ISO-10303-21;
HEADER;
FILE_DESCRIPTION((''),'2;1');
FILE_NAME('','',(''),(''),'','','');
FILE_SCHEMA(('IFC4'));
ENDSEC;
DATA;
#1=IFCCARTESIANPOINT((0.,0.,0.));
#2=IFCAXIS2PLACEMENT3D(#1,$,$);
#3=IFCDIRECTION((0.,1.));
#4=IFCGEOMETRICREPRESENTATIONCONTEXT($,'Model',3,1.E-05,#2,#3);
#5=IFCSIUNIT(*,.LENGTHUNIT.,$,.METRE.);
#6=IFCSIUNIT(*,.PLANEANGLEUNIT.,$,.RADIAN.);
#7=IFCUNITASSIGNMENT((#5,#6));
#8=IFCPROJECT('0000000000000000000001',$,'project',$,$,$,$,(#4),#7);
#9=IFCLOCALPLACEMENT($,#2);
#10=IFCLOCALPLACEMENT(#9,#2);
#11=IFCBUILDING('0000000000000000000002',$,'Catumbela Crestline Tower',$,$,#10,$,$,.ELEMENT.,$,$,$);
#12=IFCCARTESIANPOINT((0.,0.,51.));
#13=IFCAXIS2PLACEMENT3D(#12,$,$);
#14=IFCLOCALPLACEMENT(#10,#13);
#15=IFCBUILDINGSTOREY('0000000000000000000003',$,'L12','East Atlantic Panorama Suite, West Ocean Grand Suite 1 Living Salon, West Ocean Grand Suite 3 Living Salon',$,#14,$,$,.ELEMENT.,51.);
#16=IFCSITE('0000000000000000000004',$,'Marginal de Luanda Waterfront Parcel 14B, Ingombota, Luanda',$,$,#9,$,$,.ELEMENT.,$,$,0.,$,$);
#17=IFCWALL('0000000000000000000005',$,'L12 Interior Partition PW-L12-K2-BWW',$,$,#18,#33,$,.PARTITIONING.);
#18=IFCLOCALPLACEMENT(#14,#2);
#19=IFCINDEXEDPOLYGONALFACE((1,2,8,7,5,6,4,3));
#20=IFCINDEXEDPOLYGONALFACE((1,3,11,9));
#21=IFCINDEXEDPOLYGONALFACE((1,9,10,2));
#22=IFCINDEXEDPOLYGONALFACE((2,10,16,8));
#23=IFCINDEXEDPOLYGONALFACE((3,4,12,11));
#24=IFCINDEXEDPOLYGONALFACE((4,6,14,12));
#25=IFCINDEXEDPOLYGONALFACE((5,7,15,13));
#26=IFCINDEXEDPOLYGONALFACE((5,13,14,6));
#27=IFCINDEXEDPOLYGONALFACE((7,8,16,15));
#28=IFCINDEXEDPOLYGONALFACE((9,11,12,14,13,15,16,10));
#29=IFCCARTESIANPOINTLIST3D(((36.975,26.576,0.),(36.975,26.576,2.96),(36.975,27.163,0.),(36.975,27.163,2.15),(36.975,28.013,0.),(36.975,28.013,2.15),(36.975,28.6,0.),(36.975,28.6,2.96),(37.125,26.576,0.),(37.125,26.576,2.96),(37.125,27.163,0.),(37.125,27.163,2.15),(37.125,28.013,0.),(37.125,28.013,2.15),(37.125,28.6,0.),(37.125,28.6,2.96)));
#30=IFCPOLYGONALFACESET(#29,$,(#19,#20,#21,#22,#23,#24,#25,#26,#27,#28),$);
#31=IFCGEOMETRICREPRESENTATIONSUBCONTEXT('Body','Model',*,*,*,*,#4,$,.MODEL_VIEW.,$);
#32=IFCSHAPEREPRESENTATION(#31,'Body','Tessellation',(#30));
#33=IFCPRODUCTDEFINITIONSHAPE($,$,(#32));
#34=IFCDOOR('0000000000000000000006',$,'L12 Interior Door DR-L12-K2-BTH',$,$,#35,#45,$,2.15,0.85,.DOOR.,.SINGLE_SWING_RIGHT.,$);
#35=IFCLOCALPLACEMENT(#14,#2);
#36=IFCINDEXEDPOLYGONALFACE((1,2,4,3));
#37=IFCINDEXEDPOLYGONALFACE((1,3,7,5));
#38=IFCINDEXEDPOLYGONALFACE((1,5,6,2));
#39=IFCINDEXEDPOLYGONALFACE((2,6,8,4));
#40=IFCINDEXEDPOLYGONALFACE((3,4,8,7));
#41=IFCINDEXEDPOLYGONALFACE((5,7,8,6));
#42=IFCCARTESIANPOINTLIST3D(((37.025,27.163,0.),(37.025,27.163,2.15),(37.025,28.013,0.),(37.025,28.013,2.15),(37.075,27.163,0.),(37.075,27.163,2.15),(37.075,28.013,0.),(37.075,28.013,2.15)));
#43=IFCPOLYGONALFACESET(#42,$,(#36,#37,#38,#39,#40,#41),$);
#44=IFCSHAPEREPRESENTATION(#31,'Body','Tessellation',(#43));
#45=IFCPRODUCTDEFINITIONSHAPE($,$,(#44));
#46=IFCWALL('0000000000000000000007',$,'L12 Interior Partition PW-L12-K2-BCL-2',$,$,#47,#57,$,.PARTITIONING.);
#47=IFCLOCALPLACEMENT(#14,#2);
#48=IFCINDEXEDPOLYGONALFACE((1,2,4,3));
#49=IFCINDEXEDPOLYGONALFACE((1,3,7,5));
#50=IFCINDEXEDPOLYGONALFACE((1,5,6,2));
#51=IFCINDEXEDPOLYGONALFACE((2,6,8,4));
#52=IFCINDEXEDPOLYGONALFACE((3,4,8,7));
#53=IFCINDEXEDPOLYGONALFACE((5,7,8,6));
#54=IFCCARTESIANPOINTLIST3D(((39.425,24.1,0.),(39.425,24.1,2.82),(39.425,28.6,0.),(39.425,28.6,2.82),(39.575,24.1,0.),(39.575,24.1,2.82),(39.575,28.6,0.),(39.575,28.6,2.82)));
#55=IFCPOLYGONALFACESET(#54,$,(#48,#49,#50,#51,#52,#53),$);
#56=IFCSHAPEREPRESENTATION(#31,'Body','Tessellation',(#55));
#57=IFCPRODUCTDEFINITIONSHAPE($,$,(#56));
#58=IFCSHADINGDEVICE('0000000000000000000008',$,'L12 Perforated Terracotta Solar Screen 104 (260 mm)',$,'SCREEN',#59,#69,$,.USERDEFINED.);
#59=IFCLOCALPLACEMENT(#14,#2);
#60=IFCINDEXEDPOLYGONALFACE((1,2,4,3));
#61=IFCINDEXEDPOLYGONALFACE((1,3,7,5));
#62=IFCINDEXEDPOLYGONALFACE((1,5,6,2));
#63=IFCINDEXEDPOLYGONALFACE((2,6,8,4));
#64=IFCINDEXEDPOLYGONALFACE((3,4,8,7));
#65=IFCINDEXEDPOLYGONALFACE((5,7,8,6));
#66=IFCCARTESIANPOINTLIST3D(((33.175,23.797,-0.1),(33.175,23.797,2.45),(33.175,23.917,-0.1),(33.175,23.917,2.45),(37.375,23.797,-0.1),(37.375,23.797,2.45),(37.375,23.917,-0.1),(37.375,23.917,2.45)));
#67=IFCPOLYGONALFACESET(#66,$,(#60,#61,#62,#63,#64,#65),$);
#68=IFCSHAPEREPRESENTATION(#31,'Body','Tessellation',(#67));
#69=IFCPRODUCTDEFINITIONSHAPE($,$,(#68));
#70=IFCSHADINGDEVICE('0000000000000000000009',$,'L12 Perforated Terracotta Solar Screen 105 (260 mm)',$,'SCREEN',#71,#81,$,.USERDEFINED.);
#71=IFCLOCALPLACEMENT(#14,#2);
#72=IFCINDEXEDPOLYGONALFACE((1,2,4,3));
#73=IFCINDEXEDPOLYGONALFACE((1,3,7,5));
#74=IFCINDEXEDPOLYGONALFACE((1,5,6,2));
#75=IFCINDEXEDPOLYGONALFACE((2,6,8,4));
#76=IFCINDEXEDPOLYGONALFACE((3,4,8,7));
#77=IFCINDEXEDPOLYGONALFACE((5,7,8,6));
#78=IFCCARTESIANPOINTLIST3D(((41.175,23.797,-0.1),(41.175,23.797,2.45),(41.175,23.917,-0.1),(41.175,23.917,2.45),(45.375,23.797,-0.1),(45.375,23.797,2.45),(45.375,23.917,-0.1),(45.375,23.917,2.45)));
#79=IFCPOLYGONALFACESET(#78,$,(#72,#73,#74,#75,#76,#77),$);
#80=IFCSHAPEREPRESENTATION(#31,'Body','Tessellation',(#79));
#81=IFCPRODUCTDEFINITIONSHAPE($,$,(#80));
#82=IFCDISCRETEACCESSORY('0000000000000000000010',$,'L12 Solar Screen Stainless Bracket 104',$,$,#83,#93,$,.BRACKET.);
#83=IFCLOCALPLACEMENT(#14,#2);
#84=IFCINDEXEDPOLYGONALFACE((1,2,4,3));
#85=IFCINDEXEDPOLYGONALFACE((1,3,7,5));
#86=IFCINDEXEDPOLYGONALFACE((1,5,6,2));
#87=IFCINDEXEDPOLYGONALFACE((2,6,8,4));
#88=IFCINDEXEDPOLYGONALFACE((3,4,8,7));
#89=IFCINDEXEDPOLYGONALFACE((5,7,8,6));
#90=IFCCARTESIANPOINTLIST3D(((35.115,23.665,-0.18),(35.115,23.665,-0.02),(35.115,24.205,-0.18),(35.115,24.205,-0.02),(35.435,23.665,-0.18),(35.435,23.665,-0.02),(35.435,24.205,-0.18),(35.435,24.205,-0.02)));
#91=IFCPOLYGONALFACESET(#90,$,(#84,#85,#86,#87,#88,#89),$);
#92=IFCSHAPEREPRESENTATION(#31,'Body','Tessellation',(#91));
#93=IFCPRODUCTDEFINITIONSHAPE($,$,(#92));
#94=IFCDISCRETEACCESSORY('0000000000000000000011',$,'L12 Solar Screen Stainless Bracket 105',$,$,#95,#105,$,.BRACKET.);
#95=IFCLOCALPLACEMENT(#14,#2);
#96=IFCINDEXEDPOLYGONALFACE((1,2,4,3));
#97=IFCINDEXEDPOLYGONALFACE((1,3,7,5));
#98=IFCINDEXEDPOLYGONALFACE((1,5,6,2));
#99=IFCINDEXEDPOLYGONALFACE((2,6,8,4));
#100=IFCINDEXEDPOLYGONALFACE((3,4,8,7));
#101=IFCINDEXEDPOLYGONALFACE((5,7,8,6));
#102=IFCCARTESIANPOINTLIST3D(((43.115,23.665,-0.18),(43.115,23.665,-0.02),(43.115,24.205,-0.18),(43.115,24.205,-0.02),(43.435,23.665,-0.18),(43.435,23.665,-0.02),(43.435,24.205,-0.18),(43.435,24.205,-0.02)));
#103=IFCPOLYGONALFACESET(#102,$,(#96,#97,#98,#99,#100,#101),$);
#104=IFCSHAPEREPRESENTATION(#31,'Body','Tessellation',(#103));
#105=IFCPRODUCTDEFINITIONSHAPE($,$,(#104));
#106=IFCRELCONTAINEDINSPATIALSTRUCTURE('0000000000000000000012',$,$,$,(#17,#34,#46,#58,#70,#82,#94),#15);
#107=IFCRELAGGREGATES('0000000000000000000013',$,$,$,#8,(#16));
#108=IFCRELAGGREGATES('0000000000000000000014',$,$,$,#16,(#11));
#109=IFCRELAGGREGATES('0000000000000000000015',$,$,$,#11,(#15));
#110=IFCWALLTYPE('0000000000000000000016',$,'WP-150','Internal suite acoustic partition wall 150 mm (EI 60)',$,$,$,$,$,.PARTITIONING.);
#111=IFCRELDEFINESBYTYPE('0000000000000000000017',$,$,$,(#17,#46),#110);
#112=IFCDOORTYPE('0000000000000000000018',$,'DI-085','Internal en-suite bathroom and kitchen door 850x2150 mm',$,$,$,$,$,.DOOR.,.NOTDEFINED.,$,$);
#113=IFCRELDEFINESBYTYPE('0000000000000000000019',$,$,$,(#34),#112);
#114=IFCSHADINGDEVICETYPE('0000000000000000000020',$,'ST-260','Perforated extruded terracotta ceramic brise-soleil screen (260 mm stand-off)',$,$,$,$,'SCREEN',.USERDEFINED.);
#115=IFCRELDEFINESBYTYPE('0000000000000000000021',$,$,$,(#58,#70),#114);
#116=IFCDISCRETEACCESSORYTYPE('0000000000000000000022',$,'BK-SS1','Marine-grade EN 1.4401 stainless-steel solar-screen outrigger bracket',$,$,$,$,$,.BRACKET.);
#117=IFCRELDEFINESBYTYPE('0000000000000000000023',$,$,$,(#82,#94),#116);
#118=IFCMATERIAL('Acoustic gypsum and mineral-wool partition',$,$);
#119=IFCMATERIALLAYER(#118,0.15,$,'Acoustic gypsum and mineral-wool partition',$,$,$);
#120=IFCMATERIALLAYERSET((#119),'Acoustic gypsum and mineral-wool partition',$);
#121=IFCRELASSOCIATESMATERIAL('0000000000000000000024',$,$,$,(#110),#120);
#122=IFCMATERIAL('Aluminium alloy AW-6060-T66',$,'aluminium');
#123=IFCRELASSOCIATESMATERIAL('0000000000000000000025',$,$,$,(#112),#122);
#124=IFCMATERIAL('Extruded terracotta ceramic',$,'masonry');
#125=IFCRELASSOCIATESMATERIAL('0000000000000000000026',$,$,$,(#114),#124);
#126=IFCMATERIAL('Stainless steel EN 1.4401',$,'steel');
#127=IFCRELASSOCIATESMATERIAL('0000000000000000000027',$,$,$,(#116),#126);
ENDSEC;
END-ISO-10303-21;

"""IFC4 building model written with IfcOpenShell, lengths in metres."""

from ifc_helpers import new_model, si_unit, direction, frame, frame_2d, origin, origin_2d, place, context, subcontext, project, spatial, rectangle, extrude, material, layer, layer_set, type_object, element, fill, save


model = new_model("IFC4")

# Units and contexts
model_context = context("Model", 3, precision=1e-05, world=origin(), true_north=direction((0.0, 1.0)))
body_context = subcontext(model_context, "Body", "Model", "MODEL_VIEW")
ifc_project = project(units=[si_unit("LENGTHUNIT", "METRE"), si_unit("PLANEANGLEUNIT", "RADIAN")], contexts=[model_context])

# Site, building, storey
site_placement = place(None, origin())
site = spatial("IfcSite", under=ifc_project, at=site_placement, Name="Marginal de Luanda Waterfront Parcel 14B, Ingombota, Luanda", CompositionType="ELEMENT", RefElevation=0.0)
building_placement = place(site_placement, origin())
building = spatial("IfcBuilding", under=site, at=building_placement, Name="Catumbela Crestline Tower", CompositionType="ELEMENT")
storey_placement = place(building_placement, frame((0.0, 0.0, 51.0)))
storey = spatial("IfcBuildingStorey", under=building, at=storey_placement, Name="L12", Description="East Atlantic Panorama Suite, West Ocean Grand Suite 1 Living Salon, West Ocean Grand Suite 3 Living Salon", CompositionType="ELEMENT", Elevation=51.0)

# Shared definitions
ifc_material_1 = material(Name="Aluminium alloy AW-6060-T66", Category="aluminium")

# Shared definitions
ifc_material_2 = material(Name="Acoustic gypsum and mineral-wool partition")
ifc_layer_1 = layer(ifc_material_2, 0.15, Name="Acoustic gypsum and mineral-wool partition")
ifc_layer_set_1 = layer_set([ifc_layer_1], Name="Acoustic gypsum and mineral-wool partition")
wall_type_1 = type_object("IfcWallType", Name="WP-150", Description="Internal suite acoustic partition wall 150 mm (EI 60)", PredefinedType="PARTITIONING", material=ifc_layer_set_1)

# Shared definitions
door_type = type_object("IfcDoorType", Name="DI-085", Description="Internal en-suite bathroom and kitchen door 850x2150 mm", OperationType="NOTDEFINED", PredefinedType="DOOR", material=ifc_material_1)

# Wall, opening, door
wall_1_placement = place(storey_placement, frame((37.05, 26.576, 0.0), z_axis=(0.0, 0.0, 1.0), x_axis=(0.0, 1.0, 0.0)))
wall_1 = element("IfcWall", 1, at=wall_1_placement, inside=storey, type_object=wall_type_1, Name="L12 Interior Partition PW-L12-K2-BWW", PredefinedType="PARTITIONING", context=body_context, shape_type="SweptSolid", body=[
    extrude(rectangle(XDim=2.024, YDim=0.15, at=frame_2d((1.012, 0.0))), origin(), (0.0, 0.0, 1.0), 2.96),
])
opening_1_placement = place(wall_1_placement, frame((0.587, 0.0, 0.0)))
opening_1 = element("IfcOpeningElement", 2, at=opening_1_placement, cuts=wall_1, PredefinedType="OPENING", context=body_context, shape_type="SweptSolid", body=[
    extrude(rectangle(XDim=0.85, YDim=2.15, at=frame_2d((0.425, 1.075))), frame((0.0, 0.085, 0.0), z_axis=(0.0, -1.0, 0.0), x_axis=(1.0, 0.0, 0.0)), (0.0, 0.0, 1.0), 0.17),
])
door_1_placement = place(opening_1_placement, origin())
door_1 = element("IfcDoor", 3, at=door_1_placement, inside=storey, type_object=door_type, Name="L12 Interior Door DR-L12-K2-BTH", OperationType="SINGLE_SWING_RIGHT", OverallHeight=2.15, OverallWidth=0.85, PredefinedType="DOOR", context=body_context, shape_type="SweptSolid", body=[
    extrude(rectangle(XDim=0.85, YDim=2.15, at=frame_2d((0.425, 1.075))), frame((0.0, 0.025, 0.0), z_axis=(0.0, -1.0, 0.0), x_axis=(1.0, 0.0, 0.0)), (0.0, 0.0, 1.0), 0.05),
])
fill(opening_1, door_1)

# Wall
wall_2_placement = place(storey_placement, frame((39.5, 28.6, 0.0), z_axis=(0.0, 0.0, 1.0), x_axis=(0.0, -1.0, 0.0)))
element("IfcWall", 4, at=wall_2_placement, inside=storey, type_object=wall_type_1, Name="L12 Interior Partition PW-L12-K2-BCL-2", PredefinedType="PARTITIONING", context=body_context, shape_type="SweptSolid", body=[
    extrude(rectangle(XDim=4.5, YDim=0.15, at=frame_2d((2.25, 0.0))), origin(), (0.0, 0.0, 1.0), 2.82),
])

# Shading devices
ifc_material_3 = material(Name="Extruded terracotta ceramic", Category="masonry")
shading_device_type = type_object("IfcShadingDeviceType", Name="ST-260", Description="Perforated extruded terracotta ceramic brise-soleil screen (260 mm stand-off)", ElementType="SCREEN", PredefinedType="USERDEFINED", material=ifc_material_3)
for number, where, z_axis, x_axis, name in (
    (5, (35.275, 23.857, -0.1), (0.0, 0.0, 1.0), (1.0, 0.0, 0.0), "L12 Perforated Terracotta Solar Screen 104 (260 mm)"),
    (6, (43.275, 23.857, -0.1), (0.0, 0.0, 1.0), (1.0, 0.0, 0.0), "L12 Perforated Terracotta Solar Screen 105 (260 mm)"),
):
    element("IfcShadingDevice", number, at=place(storey_placement, frame(where, z_axis=z_axis, x_axis=x_axis)), inside=storey, type_object=shading_device_type, Name=name, ObjectType="SCREEN", PredefinedType="USERDEFINED", context=body_context, shape_type="SweptSolid", body=[
        extrude(rectangle(XDim=4.2, YDim=0.12, at=origin_2d()), origin(), (0.0, 0.0, 1.0), 2.55),
    ])

# Discrete accessories
ifc_material_4 = material(Name="Stainless steel EN 1.4401", Category="steel")
discrete_accessory_type = type_object("IfcDiscreteAccessoryType", Name="BK-SS1", Description="Marine-grade EN 1.4401 stainless-steel solar-screen outrigger bracket", PredefinedType="BRACKET", material=ifc_material_4)
for number, where, z_axis, x_axis, name in (
    (7, (35.275, 23.935, -0.18), (0.0, 0.0, 1.0), (1.0, 0.0, 0.0), "L12 Solar Screen Stainless Bracket 104"),
    (8, (43.275, 23.935, -0.18), (0.0, 0.0, 1.0), (1.0, 0.0, 0.0), "L12 Solar Screen Stainless Bracket 105"),
):
    element("IfcDiscreteAccessory", number, at=place(storey_placement, frame(where, z_axis=z_axis, x_axis=x_axis)), inside=storey, type_object=discrete_accessory_type, Name=name, PredefinedType="BRACKET", context=body_context, shape_type="SweptSolid", body=[
        extrude(rectangle(XDim=0.32, YDim=0.54, at=origin_2d()), origin(), (0.0, 0.0, 1.0), 0.16),
    ])

save(model, "model.ifc")
